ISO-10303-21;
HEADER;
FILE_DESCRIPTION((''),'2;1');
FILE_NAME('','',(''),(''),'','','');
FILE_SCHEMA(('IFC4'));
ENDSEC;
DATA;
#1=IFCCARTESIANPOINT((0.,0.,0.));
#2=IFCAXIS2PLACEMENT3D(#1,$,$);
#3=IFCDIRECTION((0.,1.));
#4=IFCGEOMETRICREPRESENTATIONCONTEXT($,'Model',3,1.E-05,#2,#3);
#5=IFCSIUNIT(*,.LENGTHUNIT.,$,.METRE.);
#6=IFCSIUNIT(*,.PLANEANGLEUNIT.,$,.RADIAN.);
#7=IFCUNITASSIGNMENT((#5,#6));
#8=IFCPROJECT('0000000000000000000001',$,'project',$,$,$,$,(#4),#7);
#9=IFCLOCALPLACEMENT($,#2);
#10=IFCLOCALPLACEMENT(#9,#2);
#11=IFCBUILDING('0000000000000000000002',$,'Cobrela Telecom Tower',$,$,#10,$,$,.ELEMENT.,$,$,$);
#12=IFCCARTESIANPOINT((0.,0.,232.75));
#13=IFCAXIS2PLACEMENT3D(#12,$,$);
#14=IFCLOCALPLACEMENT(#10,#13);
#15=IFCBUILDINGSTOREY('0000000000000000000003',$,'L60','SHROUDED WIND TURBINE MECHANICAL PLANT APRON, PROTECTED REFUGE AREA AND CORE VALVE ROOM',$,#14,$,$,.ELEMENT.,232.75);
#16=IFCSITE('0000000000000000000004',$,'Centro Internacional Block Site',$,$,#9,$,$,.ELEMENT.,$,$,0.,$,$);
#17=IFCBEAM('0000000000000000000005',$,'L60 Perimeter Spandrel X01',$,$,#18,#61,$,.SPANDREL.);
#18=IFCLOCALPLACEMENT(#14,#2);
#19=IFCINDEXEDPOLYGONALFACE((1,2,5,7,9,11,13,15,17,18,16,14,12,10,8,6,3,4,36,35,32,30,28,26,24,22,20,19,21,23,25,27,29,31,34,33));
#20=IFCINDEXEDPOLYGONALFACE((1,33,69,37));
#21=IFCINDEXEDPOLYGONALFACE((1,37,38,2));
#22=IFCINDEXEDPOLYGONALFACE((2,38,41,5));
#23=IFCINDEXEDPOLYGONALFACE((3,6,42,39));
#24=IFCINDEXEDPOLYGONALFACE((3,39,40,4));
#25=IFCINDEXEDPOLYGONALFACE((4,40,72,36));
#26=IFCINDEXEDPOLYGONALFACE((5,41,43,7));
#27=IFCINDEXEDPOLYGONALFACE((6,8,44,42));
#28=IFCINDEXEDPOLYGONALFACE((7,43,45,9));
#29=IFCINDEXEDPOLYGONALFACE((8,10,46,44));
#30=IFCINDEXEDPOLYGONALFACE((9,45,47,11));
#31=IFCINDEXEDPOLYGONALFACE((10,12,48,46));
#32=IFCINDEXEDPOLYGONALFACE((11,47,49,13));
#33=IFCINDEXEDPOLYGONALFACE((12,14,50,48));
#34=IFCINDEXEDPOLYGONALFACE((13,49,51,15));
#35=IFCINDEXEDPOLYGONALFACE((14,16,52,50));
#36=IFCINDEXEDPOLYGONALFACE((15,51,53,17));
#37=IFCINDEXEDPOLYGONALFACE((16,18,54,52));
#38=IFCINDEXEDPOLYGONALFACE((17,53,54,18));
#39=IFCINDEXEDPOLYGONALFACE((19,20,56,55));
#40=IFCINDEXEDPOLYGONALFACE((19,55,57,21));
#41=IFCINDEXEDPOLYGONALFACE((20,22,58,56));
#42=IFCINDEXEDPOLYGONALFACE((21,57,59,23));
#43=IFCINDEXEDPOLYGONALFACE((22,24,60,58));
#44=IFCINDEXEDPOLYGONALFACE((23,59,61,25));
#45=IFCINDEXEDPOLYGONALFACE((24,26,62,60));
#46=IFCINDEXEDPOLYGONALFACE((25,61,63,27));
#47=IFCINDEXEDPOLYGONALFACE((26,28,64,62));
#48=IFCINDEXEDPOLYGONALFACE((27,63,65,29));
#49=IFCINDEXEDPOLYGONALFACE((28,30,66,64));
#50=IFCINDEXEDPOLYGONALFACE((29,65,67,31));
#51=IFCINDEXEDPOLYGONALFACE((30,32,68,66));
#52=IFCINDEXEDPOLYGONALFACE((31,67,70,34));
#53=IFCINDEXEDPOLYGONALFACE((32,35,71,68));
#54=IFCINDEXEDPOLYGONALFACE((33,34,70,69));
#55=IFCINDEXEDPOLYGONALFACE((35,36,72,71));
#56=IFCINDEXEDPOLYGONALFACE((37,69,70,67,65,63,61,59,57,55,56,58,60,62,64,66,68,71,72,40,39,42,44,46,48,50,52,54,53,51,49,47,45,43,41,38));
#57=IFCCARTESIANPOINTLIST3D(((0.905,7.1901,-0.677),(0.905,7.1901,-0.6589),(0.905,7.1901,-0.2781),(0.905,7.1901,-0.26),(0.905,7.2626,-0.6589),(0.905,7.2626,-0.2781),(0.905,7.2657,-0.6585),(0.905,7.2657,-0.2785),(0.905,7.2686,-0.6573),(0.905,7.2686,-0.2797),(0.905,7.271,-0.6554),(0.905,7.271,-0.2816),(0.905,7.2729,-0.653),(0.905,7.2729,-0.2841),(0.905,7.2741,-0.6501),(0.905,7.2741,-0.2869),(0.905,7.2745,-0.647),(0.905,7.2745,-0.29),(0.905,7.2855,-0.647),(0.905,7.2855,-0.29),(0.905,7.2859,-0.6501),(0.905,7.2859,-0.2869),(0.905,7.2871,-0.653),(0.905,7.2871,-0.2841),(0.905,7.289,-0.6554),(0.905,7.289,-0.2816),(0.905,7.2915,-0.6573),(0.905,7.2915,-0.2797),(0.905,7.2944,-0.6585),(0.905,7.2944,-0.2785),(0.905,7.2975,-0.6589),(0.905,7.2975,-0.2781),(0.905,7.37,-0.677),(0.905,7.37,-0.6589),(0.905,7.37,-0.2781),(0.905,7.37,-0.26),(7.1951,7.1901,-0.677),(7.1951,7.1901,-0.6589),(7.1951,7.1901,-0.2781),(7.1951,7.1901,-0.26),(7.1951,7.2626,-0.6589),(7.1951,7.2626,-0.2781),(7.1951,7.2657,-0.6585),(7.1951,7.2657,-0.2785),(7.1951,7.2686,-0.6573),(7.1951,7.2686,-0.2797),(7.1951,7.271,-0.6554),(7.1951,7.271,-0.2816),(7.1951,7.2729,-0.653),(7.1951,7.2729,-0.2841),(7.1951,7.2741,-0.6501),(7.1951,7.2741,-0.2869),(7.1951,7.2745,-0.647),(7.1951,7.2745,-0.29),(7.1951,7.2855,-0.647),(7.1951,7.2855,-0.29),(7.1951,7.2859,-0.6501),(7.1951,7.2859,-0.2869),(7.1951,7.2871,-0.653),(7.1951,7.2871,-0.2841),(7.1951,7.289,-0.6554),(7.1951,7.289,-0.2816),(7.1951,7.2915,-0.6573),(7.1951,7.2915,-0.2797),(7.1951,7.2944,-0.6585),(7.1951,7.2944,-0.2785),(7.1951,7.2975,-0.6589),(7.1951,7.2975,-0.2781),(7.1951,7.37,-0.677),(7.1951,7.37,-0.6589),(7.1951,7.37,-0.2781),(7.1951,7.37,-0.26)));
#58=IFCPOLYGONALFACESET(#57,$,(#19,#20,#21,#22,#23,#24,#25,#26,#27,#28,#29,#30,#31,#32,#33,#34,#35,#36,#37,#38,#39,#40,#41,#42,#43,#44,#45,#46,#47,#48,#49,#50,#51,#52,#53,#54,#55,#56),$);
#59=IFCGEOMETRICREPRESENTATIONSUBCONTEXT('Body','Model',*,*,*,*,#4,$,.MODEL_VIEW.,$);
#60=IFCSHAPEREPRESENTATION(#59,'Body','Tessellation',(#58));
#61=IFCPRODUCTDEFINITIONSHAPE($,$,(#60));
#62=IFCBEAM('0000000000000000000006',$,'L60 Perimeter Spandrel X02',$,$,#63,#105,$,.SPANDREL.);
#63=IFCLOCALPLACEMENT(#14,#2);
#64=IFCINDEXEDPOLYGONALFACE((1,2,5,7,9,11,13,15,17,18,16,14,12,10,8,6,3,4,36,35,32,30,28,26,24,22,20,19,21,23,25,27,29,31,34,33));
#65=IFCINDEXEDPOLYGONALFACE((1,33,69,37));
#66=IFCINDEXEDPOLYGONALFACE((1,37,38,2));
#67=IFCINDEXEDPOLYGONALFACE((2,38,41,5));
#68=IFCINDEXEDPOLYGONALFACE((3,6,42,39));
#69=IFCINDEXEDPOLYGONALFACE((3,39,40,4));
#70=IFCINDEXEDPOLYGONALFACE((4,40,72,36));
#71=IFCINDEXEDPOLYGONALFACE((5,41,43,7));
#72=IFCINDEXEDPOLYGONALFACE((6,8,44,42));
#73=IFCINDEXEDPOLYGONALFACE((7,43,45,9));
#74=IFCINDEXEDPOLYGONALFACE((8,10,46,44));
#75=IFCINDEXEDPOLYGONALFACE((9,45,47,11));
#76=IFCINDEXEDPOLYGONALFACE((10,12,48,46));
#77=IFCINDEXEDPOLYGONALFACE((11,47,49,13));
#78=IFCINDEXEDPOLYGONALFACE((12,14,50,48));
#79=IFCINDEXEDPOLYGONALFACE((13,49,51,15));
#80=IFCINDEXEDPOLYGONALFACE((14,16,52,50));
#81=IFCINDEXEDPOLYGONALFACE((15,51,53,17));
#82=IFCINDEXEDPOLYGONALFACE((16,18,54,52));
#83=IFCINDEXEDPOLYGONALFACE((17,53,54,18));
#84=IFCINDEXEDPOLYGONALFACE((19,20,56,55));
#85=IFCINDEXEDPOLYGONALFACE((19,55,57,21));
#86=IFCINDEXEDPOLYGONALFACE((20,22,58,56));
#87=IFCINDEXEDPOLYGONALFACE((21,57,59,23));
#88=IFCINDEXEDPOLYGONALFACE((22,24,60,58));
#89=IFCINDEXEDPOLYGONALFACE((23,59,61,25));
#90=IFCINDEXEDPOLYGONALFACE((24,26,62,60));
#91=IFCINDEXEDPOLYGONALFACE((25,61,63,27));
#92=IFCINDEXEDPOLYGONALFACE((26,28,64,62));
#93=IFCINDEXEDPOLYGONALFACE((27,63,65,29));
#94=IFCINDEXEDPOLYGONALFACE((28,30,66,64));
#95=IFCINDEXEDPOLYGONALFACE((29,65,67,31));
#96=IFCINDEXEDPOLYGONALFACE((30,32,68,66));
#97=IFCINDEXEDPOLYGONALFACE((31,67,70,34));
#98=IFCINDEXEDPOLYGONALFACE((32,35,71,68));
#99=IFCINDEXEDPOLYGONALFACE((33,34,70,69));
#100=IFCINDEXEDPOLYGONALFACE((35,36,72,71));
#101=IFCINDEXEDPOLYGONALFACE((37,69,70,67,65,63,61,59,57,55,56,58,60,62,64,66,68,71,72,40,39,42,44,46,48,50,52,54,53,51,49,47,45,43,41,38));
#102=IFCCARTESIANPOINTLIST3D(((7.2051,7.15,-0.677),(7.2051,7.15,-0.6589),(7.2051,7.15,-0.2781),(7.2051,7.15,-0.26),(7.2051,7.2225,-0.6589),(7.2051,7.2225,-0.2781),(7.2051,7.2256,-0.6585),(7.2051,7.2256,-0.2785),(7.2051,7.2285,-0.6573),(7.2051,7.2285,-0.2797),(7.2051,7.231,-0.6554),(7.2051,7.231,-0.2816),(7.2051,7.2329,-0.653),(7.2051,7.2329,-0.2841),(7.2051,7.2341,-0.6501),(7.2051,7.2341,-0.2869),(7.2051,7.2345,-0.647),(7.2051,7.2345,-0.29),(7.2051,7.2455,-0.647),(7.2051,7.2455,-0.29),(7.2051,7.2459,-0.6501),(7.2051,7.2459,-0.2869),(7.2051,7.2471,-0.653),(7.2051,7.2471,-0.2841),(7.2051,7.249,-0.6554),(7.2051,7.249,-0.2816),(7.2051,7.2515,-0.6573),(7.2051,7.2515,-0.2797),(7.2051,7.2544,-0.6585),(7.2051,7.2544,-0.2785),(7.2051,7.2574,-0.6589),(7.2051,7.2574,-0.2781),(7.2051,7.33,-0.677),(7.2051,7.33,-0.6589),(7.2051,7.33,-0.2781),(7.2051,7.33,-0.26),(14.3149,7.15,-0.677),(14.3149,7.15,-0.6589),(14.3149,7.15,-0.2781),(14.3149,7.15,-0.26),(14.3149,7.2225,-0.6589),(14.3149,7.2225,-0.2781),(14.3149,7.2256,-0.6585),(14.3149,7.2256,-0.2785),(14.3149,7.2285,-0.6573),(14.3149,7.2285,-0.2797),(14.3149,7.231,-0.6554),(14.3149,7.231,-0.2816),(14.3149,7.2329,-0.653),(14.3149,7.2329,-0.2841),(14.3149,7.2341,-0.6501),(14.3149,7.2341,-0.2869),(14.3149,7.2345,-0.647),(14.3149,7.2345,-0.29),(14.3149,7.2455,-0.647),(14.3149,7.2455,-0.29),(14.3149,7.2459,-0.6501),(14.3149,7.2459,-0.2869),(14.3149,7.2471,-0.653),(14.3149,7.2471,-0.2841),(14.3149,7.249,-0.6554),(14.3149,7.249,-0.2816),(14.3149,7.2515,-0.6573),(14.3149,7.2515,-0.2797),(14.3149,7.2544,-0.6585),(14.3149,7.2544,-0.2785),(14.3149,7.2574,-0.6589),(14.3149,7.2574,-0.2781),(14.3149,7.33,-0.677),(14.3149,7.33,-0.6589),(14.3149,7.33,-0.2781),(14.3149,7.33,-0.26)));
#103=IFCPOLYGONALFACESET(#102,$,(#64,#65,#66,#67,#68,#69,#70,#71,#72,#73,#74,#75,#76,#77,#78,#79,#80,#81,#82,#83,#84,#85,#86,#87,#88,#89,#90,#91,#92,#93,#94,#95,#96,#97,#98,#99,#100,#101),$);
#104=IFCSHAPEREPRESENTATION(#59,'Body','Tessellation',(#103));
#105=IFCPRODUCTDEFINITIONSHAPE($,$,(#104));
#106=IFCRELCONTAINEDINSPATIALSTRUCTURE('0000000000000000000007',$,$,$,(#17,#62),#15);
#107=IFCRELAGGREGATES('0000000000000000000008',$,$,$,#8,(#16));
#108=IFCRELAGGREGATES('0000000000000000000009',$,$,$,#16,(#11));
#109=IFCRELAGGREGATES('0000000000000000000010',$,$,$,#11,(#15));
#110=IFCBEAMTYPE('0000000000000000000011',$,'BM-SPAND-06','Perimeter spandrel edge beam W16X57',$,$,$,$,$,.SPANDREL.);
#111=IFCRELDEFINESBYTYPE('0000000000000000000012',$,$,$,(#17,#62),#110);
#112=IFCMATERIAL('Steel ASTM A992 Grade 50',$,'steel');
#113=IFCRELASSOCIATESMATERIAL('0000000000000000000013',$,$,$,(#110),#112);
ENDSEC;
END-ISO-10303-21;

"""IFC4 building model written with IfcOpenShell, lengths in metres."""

from ifc_helpers import new_model, si_unit, direction, frame, origin, origin_2d, place, context, subcontext, project, spatial, i_section, extrude, material, material_profile, profile_set, type_object, element, save


model = new_model("IFC4")

# Units and contexts
model_context = context("Model", 3, precision=1e-05, world=origin(), true_north=direction((0.0, 1.0)))
body_context = subcontext(model_context, "Body", "Model", "MODEL_VIEW")
ifc_project = project(units=[si_unit("LENGTHUNIT", "METRE"), si_unit("PLANEANGLEUNIT", "RADIAN")], contexts=[model_context])

# Site, building, storey
site_placement = place(None, origin())
site = spatial("IfcSite", under=ifc_project, at=site_placement, Name="Centro Internacional Block Site", CompositionType="ELEMENT", RefElevation=0.0)
building_placement = place(site_placement, origin())
building = spatial("IfcBuilding", under=site, at=building_placement, Name="Cobrela Telecom Tower", CompositionType="ELEMENT")
storey_placement = place(building_placement, frame((0.0, 0.0, 232.75)))
storey = spatial("IfcBuildingStorey", under=building, at=storey_placement, Name="L60", Description="SHROUDED WIND TURBINE MECHANICAL PLANT APRON, PROTECTED REFUGE AREA AND CORE VALVE ROOM", CompositionType="ELEMENT", Elevation=232.75)

# Beams
ifc_material_1 = material(Name="Steel ASTM A992 Grade 50", Category="steel")
ifc_material_profile = material_profile(ifc_material_1, i_section(OverallWidth=0.1799, OverallDepth=0.417, WebThickness=0.011, FlangeThickness=0.0181, FilletRadius=0.012, at=origin_2d()), Name="W16X57")
ifc_profile_set = profile_set([ifc_material_profile], Name="Steel ASTM A992 Grade 50")
beam_type = type_object("IfcBeamType", Name="BM-SPAND-06", Description="Perimeter spandrel edge beam W16X57", PredefinedType="SPANDREL", material=ifc_profile_set)
beam_1_placement = place(storey_placement, frame((0.905, 7.28, -0.4685), z_axis=(1.0, 0.0, 0.0), x_axis=(0.0, 1.0, 0.0)))
element("IfcBeam", 1, at=beam_1_placement, inside=storey, type_object=beam_type, Name="L60 Perimeter Spandrel X01", PredefinedType="SPANDREL", context=body_context, shape_type="SweptSolid", body=[
    extrude(i_section(OverallWidth=0.1799, OverallDepth=0.417, WebThickness=0.011, FlangeThickness=0.0181, FilletRadius=0.012, at=origin_2d()), origin(), (0.0, 0.0, 1.0), 6.29),
])
beam_2_placement = place(storey_placement, frame((7.2051, 7.24, -0.4685), z_axis=(1.0, 0.0, 0.0), x_axis=(0.0, 1.0, 0.0)))
element("IfcBeam", 2, at=beam_2_placement, inside=storey, type_object=beam_type, Name="L60 Perimeter Spandrel X02", PredefinedType="SPANDREL", context=body_context, shape_type="SweptSolid", body=[
    extrude(i_section(OverallWidth=0.1799, OverallDepth=0.417, WebThickness=0.011, FlangeThickness=0.0181, FilletRadius=0.012, at=origin_2d()), origin(), (0.0, 0.0, 1.0), 7.1099),
])

save(model, "model.ifc")
